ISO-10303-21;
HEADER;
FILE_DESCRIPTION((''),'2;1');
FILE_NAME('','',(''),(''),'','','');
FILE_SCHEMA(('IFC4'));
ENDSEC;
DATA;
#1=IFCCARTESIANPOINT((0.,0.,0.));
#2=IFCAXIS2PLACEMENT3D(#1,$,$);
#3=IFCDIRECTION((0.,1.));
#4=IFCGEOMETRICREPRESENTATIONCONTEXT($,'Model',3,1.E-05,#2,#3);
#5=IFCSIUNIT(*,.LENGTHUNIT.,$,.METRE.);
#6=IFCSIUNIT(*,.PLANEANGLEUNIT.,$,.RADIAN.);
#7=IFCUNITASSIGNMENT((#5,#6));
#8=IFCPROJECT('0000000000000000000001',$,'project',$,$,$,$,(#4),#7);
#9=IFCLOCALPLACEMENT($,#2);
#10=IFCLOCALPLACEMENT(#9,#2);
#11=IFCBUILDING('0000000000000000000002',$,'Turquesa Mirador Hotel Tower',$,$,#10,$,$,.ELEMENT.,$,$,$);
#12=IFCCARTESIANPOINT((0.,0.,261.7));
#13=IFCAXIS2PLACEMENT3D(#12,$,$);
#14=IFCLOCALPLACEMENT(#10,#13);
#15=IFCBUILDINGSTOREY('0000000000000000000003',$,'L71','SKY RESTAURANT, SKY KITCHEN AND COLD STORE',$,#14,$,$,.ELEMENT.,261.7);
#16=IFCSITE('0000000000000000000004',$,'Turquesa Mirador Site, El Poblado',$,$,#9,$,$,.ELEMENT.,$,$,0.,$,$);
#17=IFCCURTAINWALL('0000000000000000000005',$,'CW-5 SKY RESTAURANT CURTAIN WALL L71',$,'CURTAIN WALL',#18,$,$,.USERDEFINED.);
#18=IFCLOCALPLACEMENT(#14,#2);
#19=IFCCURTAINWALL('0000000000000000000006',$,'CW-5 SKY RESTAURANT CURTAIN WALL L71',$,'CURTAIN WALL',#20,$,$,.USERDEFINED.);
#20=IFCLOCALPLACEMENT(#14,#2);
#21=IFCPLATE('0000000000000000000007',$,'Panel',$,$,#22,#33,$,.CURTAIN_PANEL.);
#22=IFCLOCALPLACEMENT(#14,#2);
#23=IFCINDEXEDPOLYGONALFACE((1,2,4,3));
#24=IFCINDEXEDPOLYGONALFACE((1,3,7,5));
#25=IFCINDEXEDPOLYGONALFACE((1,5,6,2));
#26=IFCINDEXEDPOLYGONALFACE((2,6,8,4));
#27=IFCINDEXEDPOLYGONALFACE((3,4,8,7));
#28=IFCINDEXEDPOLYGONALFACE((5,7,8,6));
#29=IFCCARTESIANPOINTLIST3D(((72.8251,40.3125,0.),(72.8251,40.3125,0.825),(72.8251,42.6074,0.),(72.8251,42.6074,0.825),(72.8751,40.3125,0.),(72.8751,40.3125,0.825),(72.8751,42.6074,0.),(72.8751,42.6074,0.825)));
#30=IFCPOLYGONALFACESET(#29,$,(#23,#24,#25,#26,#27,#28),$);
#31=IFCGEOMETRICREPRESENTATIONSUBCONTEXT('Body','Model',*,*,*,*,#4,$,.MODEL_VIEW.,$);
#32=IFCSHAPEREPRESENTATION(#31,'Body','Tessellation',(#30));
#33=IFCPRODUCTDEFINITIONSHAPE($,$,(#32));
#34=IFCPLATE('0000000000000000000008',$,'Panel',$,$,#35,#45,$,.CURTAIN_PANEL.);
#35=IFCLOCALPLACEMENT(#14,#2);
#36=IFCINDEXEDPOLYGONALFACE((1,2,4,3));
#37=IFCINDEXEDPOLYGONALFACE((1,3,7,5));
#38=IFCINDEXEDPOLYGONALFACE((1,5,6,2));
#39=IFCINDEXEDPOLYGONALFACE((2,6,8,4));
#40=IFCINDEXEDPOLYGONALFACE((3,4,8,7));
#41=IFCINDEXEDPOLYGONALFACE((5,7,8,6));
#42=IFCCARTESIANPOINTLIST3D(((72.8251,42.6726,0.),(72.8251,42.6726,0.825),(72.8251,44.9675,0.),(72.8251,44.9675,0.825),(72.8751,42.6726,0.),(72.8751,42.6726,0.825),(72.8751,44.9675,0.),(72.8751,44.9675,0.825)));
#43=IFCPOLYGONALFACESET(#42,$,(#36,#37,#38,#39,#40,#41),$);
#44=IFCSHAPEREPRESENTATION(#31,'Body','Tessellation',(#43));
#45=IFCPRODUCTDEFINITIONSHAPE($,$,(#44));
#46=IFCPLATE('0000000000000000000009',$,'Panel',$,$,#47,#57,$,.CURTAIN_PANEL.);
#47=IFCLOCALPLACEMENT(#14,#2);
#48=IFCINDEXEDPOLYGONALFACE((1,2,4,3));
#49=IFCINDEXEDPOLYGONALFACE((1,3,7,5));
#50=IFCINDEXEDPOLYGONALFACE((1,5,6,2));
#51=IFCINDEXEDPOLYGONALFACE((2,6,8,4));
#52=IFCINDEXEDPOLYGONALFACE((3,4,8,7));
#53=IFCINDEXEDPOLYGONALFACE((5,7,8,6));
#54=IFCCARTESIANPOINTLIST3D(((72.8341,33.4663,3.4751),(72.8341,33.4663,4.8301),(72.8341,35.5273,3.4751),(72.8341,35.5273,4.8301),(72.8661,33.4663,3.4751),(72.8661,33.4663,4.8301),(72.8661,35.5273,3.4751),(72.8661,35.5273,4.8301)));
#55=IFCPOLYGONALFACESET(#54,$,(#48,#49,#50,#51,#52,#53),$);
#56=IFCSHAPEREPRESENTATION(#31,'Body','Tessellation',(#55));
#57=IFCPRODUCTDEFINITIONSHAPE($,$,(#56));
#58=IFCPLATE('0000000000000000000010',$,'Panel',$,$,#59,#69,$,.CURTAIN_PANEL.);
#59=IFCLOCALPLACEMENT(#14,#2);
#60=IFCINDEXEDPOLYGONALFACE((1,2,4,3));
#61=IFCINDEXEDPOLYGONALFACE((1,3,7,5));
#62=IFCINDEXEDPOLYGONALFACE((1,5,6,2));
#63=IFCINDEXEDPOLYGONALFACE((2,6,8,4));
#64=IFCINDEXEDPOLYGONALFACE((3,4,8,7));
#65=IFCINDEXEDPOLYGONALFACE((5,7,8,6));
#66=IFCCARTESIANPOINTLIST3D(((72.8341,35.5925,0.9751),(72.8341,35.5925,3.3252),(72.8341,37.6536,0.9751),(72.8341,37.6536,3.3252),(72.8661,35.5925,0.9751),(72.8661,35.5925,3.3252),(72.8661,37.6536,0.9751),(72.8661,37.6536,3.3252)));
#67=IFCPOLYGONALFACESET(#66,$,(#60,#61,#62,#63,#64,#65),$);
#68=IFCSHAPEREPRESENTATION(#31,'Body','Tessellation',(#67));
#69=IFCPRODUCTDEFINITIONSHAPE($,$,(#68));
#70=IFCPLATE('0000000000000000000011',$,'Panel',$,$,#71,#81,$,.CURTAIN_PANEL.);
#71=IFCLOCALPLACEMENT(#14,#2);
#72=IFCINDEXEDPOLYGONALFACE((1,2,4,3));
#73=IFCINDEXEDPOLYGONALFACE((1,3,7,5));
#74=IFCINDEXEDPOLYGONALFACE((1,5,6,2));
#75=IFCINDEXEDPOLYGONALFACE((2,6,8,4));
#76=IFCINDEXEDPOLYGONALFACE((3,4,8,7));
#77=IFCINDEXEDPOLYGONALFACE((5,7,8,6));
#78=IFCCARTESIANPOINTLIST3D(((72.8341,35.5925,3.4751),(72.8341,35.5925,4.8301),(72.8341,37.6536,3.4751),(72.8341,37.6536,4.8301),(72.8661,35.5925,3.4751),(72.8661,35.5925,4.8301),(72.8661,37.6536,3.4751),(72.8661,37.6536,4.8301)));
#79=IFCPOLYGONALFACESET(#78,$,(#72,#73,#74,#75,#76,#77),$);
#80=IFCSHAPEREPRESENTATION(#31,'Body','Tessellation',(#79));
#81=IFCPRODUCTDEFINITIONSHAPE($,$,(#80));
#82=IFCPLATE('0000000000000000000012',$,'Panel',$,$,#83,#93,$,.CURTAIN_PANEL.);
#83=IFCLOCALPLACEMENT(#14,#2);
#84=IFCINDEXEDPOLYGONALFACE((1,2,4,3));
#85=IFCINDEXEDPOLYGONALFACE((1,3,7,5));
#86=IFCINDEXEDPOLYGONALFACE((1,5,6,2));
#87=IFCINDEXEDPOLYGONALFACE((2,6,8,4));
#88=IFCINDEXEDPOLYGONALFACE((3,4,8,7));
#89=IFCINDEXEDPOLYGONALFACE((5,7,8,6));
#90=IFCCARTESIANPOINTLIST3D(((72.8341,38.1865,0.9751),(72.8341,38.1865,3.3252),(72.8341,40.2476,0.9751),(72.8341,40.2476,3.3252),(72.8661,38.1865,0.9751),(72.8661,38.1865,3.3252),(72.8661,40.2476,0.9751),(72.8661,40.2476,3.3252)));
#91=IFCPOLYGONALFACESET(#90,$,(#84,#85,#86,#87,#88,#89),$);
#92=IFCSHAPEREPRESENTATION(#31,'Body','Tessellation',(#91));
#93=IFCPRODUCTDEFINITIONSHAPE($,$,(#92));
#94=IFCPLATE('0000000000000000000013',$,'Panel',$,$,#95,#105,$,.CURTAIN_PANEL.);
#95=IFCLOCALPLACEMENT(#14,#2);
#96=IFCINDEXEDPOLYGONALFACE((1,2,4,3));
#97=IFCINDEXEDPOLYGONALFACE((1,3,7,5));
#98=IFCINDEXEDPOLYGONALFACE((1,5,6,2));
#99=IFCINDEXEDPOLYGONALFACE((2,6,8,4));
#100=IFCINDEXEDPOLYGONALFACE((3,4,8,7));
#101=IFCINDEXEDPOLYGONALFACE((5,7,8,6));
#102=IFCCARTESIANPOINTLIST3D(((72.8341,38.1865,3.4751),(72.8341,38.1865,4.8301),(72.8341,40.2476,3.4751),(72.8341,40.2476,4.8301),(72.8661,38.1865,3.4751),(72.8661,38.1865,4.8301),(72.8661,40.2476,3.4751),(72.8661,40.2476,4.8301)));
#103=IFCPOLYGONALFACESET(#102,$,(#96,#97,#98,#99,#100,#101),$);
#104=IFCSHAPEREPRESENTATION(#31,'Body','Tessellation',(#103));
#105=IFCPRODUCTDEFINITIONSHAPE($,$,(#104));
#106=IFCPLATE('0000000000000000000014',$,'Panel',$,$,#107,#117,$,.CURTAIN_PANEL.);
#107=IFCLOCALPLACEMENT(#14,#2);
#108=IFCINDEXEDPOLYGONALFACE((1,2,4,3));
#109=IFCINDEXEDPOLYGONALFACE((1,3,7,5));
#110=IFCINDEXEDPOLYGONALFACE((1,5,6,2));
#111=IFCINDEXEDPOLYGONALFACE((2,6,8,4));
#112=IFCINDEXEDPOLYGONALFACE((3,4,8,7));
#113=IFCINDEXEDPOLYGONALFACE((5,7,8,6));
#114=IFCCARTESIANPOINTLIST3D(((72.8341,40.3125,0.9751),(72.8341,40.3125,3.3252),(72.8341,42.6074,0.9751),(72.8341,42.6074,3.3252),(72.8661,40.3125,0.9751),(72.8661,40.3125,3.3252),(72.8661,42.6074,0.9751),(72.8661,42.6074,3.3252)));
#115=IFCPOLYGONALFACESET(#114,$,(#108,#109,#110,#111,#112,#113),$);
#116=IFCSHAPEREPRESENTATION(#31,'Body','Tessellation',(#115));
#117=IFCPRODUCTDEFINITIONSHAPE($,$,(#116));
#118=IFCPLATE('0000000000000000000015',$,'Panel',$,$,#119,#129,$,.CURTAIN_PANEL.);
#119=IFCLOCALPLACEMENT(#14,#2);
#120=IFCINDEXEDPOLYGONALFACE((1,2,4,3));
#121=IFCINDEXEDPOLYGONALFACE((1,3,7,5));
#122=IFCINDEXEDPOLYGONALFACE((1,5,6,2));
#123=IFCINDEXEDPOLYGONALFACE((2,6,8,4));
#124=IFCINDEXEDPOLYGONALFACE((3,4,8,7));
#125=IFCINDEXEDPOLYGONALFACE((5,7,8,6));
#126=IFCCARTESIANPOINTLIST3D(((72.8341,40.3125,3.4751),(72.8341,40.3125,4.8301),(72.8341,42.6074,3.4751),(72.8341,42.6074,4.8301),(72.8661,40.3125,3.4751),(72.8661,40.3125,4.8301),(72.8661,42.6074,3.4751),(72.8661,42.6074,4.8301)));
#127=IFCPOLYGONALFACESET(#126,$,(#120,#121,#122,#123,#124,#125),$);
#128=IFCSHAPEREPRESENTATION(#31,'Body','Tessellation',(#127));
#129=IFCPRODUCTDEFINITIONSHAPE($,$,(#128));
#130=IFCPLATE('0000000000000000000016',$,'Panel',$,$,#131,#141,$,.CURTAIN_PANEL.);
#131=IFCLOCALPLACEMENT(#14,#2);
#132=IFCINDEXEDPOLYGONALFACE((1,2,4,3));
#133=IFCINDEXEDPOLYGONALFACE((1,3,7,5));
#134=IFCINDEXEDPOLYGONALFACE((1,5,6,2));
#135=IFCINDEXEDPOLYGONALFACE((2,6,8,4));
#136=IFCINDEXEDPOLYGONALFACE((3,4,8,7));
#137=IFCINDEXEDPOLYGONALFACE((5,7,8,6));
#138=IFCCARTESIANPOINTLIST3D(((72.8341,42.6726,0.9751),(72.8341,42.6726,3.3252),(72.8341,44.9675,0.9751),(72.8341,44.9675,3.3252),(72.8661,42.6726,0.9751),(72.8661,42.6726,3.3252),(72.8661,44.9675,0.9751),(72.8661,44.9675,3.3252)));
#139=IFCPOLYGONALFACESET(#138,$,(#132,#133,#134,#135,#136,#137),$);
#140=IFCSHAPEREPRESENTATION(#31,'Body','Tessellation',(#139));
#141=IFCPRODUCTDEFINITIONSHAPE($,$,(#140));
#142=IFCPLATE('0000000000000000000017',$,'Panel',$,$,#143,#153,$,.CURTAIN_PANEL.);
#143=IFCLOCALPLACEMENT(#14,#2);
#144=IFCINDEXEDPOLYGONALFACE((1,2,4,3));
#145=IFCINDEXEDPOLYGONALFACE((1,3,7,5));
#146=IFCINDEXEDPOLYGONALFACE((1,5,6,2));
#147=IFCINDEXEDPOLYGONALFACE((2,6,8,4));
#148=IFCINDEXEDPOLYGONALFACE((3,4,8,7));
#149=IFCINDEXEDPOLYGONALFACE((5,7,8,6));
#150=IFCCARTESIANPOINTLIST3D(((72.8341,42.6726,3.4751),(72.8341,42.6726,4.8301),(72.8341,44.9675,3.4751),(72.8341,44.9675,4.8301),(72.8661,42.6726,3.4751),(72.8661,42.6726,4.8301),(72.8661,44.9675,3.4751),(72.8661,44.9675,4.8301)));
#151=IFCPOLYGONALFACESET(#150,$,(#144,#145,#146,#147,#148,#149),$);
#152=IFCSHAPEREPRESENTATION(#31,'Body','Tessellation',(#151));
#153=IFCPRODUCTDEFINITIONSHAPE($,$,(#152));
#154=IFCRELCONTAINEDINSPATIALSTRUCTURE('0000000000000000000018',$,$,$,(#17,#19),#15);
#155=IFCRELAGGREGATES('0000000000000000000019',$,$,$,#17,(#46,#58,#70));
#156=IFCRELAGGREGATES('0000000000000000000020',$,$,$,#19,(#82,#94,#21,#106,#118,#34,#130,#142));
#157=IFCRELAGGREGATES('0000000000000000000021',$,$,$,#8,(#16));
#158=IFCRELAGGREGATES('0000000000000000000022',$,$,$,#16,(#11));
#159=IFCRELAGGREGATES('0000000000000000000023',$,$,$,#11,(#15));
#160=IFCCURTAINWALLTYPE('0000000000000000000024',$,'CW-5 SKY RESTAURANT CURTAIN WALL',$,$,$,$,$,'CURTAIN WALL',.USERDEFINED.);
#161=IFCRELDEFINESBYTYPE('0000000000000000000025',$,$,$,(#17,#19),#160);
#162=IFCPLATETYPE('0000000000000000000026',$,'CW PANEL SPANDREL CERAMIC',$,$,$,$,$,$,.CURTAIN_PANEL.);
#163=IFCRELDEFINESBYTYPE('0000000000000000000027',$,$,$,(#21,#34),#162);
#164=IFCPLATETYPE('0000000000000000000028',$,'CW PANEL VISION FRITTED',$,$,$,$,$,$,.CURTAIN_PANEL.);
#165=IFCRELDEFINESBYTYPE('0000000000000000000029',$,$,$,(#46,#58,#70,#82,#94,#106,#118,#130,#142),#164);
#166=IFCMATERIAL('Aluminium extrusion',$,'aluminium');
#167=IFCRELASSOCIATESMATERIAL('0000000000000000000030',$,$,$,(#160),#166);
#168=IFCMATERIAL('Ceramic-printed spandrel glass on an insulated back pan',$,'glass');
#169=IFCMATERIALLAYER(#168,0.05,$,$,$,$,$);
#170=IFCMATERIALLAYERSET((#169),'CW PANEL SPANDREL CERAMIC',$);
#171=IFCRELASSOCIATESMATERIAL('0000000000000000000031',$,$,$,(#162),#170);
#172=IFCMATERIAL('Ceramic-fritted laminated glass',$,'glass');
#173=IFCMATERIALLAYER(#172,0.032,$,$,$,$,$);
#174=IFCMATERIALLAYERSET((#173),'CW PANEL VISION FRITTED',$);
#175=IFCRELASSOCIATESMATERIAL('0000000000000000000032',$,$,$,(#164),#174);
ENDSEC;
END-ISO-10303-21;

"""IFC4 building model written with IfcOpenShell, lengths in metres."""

from ifc_helpers import new_model, si_unit, direction, frame, origin, origin_2d, place, context, subcontext, project, spatial, rectangle, extrude, material, layer, layer_set, type_object, element, aggregate, save


model = new_model("IFC4")

# Units and contexts
model_context = context("Model", 3, precision=1e-05, world=origin(), true_north=direction((0.0, 1.0)))
body_context = subcontext(model_context, "Body", "Model", "MODEL_VIEW")
ifc_project = project(units=[si_unit("LENGTHUNIT", "METRE"), si_unit("PLANEANGLEUNIT", "RADIAN")], contexts=[model_context])

# Site, building, storey
site_placement = place(None, origin())
site = spatial("IfcSite", under=ifc_project, at=site_placement, Name="Turquesa Mirador Site, El Poblado", CompositionType="ELEMENT", RefElevation=0.0)
building_placement = place(site_placement, origin())
building = spatial("IfcBuilding", under=site, at=building_placement, Name="Turquesa Mirador Hotel Tower", CompositionType="ELEMENT")
storey_placement = place(building_placement, frame((0.0, 0.0, 261.7)))
storey = spatial("IfcBuildingStorey", under=building, at=storey_placement, Name="L71", Description="SKY RESTAURANT, SKY KITCHEN AND COLD STORE", CompositionType="ELEMENT", Elevation=261.7)

# Curtain walls
ifc_material_1 = material(Name="Aluminium extrusion", Category="aluminium")
curtain_wall_type = type_object("IfcCurtainWallType", Name="CW-5 SKY RESTAURANT CURTAIN WALL", ElementType="CURTAIN WALL", PredefinedType="USERDEFINED", material=ifc_material_1)
curtain_wall_1_placement = place(storey_placement, origin())
curtain_wall_1 = element("IfcCurtainWall", 1, at=curtain_wall_1_placement, inside=storey, type_object=curtain_wall_type, Name="CW-5 SKY RESTAURANT CURTAIN WALL L71", ObjectType="CURTAIN WALL", PredefinedType="USERDEFINED")
curtain_wall_2_placement = place(storey_placement, origin())
curtain_wall_2 = element("IfcCurtainWall", 2, at=curtain_wall_2_placement, inside=storey, type_object=curtain_wall_type, Name="CW-5 SKY RESTAURANT CURTAIN WALL L71", ObjectType="CURTAIN WALL", PredefinedType="USERDEFINED")

# Plates
ifc_material_2 = material(Name="Ceramic-printed spandrel glass on an insulated back pan", Category="glass")
ifc_layer_1 = layer(ifc_material_2, 0.05)
ifc_layer_set_1 = layer_set([ifc_layer_1], Name="CW PANEL SPANDREL CERAMIC")
plate_type_1 = type_object("IfcPlateType", Name="CW PANEL SPANDREL CERAMIC", PredefinedType="CURTAIN_PANEL", material=ifc_layer_set_1)
plate_1_placement = place(storey_placement, frame((72.8501, 41.46, 0.0), z_axis=(0.0, 0.0, 1.0), x_axis=(0.0, 1.0, 0.0)))
plate_1 = element("IfcPlate", 3, at=plate_1_placement, type_object=plate_type_1, Name="Panel", PredefinedType="CURTAIN_PANEL", context=body_context, shape_type="SweptSolid", body=[
    extrude(rectangle(XDim=2.2949, YDim=0.05, at=origin_2d()), origin(), (0.0, 0.0, 1.0), 0.825),
])
plate_2_placement = place(storey_placement, frame((72.8501, 43.8201, 0.0), z_axis=(0.0, 0.0, 1.0), x_axis=(0.0, 1.0, 0.0)))
plate_2 = element("IfcPlate", 4, at=plate_2_placement, type_object=plate_type_1, Name="Panel", PredefinedType="CURTAIN_PANEL", context=body_context, shape_type="SweptSolid", body=[
    extrude(rectangle(XDim=2.2949, YDim=0.05, at=origin_2d()), origin(), (0.0, 0.0, 1.0), 0.825),
])
ifc_material_3 = material(Name="Ceramic-fritted laminated glass", Category="glass")
ifc_layer_2 = layer(ifc_material_3, 0.032)
ifc_layer_set_2 = layer_set([ifc_layer_2], Name="CW PANEL VISION FRITTED")
plate_type_2 = type_object("IfcPlateType", Name="CW PANEL VISION FRITTED", PredefinedType="CURTAIN_PANEL", material=ifc_layer_set_2)
plate_3_placement = place(storey_placement, frame((72.8501, 34.4968, 3.4751), z_axis=(0.0, 0.0, 1.0), x_axis=(0.0, 1.0, 0.0)))
plate_3 = element("IfcPlate", 5, at=plate_3_placement, type_object=plate_type_2, Name="Panel", PredefinedType="CURTAIN_PANEL", context=body_context, shape_type="SweptSolid", body=[
    extrude(rectangle(XDim=2.061, YDim=0.032, at=origin_2d()), origin(), (0.0, 0.0, 1.0), 1.355),
])
plate_4_placement = place(storey_placement, frame((72.8501, 36.623, 0.9751), z_axis=(0.0, 0.0, 1.0), x_axis=(0.0, 1.0, 0.0)))
plate_4 = element("IfcPlate", 6, at=plate_4_placement, type_object=plate_type_2, Name="Panel", PredefinedType="CURTAIN_PANEL", context=body_context, shape_type="SweptSolid", body=[
    extrude(rectangle(XDim=2.061, YDim=0.032, at=origin_2d()), origin(), (0.0, 0.0, 1.0), 2.3501),
])
plate_5_placement = place(storey_placement, frame((72.8501, 36.623, 3.4751), z_axis=(0.0, 0.0, 1.0), x_axis=(0.0, 1.0, 0.0)))
plate_5 = element("IfcPlate", 7, at=plate_5_placement, type_object=plate_type_2, Name="Panel", PredefinedType="CURTAIN_PANEL", context=body_context, shape_type="SweptSolid", body=[
    extrude(rectangle(XDim=2.061, YDim=0.032, at=origin_2d()), origin(), (0.0, 0.0, 1.0), 1.355),
])
aggregate(curtain_wall_1, [plate_3, plate_4, plate_5])
plate_6_placement = place(storey_placement, frame((72.8501, 39.217, 0.9751), z_axis=(0.0, 0.0, 1.0), x_axis=(0.0, 1.0, 0.0)))
plate_6 = element("IfcPlate", 8, at=plate_6_placement, type_object=plate_type_2, Name="Panel", PredefinedType="CURTAIN_PANEL", context=body_context, shape_type="SweptSolid", body=[
    extrude(rectangle(XDim=2.061, YDim=0.032, at=origin_2d()), origin(), (0.0, 0.0, 1.0), 2.3501),
])
plate_7_placement = place(storey_placement, frame((72.8501, 39.217, 3.4751), z_axis=(0.0, 0.0, 1.0), x_axis=(0.0, 1.0, 0.0)))
plate_7 = element("IfcPlate", 9, at=plate_7_placement, type_object=plate_type_2, Name="Panel", PredefinedType="CURTAIN_PANEL", context=body_context, shape_type="SweptSolid", body=[
    extrude(rectangle(XDim=2.061, YDim=0.032, at=origin_2d()), origin(), (0.0, 0.0, 1.0), 1.355),
])
plate_8_placement = place(storey_placement, frame((72.8501, 41.46, 0.9751), z_axis=(0.0, 0.0, 1.0), x_axis=(0.0, 1.0, 0.0)))
plate_8 = element("IfcPlate", 10, at=plate_8_placement, type_object=plate_type_2, Name="Panel", PredefinedType="CURTAIN_PANEL", context=body_context, shape_type="SweptSolid", body=[
    extrude(rectangle(XDim=2.2949, YDim=0.032, at=origin_2d()), origin(), (0.0, 0.0, 1.0), 2.3501),
])
plate_9_placement = place(storey_placement, frame((72.8501, 41.46, 3.4751), z_axis=(0.0, 0.0, 1.0), x_axis=(0.0, 1.0, 0.0)))
plate_9 = element("IfcPlate", 11, at=plate_9_placement, type_object=plate_type_2, Name="Panel", PredefinedType="CURTAIN_PANEL", context=body_context, shape_type="SweptSolid", body=[
    extrude(rectangle(XDim=2.2949, YDim=0.032, at=origin_2d()), origin(), (0.0, 0.0, 1.0), 1.355),
])
plate_10_placement = place(storey_placement, frame((72.8501, 43.8201, 0.9751), z_axis=(0.0, 0.0, 1.0), x_axis=(0.0, 1.0, 0.0)))
plate_10 = element("IfcPlate", 12, at=plate_10_placement, type_object=plate_type_2, Name="Panel", PredefinedType="CURTAIN_PANEL", context=body_context, shape_type="SweptSolid", body=[
    extrude(rectangle(XDim=2.2949, YDim=0.032, at=origin_2d()), origin(), (0.0, 0.0, 1.0), 2.3501),
])
plate_11_placement = place(storey_placement, frame((72.8501, 43.8201, 3.4751), z_axis=(0.0, 0.0, 1.0), x_axis=(0.0, 1.0, 0.0)))
plate_11 = element("IfcPlate", 13, at=plate_11_placement, type_object=plate_type_2, Name="Panel", PredefinedType="CURTAIN_PANEL", context=body_context, shape_type="SweptSolid", body=[
    extrude(rectangle(XDim=2.2949, YDim=0.032, at=origin_2d()), origin(), (0.0, 0.0, 1.0), 1.355),
])
aggregate(curtain_wall_2, [plate_6, plate_7, plate_1, plate_8, plate_9, plate_2, plate_10, plate_11])

save(model, "model.ifc")
